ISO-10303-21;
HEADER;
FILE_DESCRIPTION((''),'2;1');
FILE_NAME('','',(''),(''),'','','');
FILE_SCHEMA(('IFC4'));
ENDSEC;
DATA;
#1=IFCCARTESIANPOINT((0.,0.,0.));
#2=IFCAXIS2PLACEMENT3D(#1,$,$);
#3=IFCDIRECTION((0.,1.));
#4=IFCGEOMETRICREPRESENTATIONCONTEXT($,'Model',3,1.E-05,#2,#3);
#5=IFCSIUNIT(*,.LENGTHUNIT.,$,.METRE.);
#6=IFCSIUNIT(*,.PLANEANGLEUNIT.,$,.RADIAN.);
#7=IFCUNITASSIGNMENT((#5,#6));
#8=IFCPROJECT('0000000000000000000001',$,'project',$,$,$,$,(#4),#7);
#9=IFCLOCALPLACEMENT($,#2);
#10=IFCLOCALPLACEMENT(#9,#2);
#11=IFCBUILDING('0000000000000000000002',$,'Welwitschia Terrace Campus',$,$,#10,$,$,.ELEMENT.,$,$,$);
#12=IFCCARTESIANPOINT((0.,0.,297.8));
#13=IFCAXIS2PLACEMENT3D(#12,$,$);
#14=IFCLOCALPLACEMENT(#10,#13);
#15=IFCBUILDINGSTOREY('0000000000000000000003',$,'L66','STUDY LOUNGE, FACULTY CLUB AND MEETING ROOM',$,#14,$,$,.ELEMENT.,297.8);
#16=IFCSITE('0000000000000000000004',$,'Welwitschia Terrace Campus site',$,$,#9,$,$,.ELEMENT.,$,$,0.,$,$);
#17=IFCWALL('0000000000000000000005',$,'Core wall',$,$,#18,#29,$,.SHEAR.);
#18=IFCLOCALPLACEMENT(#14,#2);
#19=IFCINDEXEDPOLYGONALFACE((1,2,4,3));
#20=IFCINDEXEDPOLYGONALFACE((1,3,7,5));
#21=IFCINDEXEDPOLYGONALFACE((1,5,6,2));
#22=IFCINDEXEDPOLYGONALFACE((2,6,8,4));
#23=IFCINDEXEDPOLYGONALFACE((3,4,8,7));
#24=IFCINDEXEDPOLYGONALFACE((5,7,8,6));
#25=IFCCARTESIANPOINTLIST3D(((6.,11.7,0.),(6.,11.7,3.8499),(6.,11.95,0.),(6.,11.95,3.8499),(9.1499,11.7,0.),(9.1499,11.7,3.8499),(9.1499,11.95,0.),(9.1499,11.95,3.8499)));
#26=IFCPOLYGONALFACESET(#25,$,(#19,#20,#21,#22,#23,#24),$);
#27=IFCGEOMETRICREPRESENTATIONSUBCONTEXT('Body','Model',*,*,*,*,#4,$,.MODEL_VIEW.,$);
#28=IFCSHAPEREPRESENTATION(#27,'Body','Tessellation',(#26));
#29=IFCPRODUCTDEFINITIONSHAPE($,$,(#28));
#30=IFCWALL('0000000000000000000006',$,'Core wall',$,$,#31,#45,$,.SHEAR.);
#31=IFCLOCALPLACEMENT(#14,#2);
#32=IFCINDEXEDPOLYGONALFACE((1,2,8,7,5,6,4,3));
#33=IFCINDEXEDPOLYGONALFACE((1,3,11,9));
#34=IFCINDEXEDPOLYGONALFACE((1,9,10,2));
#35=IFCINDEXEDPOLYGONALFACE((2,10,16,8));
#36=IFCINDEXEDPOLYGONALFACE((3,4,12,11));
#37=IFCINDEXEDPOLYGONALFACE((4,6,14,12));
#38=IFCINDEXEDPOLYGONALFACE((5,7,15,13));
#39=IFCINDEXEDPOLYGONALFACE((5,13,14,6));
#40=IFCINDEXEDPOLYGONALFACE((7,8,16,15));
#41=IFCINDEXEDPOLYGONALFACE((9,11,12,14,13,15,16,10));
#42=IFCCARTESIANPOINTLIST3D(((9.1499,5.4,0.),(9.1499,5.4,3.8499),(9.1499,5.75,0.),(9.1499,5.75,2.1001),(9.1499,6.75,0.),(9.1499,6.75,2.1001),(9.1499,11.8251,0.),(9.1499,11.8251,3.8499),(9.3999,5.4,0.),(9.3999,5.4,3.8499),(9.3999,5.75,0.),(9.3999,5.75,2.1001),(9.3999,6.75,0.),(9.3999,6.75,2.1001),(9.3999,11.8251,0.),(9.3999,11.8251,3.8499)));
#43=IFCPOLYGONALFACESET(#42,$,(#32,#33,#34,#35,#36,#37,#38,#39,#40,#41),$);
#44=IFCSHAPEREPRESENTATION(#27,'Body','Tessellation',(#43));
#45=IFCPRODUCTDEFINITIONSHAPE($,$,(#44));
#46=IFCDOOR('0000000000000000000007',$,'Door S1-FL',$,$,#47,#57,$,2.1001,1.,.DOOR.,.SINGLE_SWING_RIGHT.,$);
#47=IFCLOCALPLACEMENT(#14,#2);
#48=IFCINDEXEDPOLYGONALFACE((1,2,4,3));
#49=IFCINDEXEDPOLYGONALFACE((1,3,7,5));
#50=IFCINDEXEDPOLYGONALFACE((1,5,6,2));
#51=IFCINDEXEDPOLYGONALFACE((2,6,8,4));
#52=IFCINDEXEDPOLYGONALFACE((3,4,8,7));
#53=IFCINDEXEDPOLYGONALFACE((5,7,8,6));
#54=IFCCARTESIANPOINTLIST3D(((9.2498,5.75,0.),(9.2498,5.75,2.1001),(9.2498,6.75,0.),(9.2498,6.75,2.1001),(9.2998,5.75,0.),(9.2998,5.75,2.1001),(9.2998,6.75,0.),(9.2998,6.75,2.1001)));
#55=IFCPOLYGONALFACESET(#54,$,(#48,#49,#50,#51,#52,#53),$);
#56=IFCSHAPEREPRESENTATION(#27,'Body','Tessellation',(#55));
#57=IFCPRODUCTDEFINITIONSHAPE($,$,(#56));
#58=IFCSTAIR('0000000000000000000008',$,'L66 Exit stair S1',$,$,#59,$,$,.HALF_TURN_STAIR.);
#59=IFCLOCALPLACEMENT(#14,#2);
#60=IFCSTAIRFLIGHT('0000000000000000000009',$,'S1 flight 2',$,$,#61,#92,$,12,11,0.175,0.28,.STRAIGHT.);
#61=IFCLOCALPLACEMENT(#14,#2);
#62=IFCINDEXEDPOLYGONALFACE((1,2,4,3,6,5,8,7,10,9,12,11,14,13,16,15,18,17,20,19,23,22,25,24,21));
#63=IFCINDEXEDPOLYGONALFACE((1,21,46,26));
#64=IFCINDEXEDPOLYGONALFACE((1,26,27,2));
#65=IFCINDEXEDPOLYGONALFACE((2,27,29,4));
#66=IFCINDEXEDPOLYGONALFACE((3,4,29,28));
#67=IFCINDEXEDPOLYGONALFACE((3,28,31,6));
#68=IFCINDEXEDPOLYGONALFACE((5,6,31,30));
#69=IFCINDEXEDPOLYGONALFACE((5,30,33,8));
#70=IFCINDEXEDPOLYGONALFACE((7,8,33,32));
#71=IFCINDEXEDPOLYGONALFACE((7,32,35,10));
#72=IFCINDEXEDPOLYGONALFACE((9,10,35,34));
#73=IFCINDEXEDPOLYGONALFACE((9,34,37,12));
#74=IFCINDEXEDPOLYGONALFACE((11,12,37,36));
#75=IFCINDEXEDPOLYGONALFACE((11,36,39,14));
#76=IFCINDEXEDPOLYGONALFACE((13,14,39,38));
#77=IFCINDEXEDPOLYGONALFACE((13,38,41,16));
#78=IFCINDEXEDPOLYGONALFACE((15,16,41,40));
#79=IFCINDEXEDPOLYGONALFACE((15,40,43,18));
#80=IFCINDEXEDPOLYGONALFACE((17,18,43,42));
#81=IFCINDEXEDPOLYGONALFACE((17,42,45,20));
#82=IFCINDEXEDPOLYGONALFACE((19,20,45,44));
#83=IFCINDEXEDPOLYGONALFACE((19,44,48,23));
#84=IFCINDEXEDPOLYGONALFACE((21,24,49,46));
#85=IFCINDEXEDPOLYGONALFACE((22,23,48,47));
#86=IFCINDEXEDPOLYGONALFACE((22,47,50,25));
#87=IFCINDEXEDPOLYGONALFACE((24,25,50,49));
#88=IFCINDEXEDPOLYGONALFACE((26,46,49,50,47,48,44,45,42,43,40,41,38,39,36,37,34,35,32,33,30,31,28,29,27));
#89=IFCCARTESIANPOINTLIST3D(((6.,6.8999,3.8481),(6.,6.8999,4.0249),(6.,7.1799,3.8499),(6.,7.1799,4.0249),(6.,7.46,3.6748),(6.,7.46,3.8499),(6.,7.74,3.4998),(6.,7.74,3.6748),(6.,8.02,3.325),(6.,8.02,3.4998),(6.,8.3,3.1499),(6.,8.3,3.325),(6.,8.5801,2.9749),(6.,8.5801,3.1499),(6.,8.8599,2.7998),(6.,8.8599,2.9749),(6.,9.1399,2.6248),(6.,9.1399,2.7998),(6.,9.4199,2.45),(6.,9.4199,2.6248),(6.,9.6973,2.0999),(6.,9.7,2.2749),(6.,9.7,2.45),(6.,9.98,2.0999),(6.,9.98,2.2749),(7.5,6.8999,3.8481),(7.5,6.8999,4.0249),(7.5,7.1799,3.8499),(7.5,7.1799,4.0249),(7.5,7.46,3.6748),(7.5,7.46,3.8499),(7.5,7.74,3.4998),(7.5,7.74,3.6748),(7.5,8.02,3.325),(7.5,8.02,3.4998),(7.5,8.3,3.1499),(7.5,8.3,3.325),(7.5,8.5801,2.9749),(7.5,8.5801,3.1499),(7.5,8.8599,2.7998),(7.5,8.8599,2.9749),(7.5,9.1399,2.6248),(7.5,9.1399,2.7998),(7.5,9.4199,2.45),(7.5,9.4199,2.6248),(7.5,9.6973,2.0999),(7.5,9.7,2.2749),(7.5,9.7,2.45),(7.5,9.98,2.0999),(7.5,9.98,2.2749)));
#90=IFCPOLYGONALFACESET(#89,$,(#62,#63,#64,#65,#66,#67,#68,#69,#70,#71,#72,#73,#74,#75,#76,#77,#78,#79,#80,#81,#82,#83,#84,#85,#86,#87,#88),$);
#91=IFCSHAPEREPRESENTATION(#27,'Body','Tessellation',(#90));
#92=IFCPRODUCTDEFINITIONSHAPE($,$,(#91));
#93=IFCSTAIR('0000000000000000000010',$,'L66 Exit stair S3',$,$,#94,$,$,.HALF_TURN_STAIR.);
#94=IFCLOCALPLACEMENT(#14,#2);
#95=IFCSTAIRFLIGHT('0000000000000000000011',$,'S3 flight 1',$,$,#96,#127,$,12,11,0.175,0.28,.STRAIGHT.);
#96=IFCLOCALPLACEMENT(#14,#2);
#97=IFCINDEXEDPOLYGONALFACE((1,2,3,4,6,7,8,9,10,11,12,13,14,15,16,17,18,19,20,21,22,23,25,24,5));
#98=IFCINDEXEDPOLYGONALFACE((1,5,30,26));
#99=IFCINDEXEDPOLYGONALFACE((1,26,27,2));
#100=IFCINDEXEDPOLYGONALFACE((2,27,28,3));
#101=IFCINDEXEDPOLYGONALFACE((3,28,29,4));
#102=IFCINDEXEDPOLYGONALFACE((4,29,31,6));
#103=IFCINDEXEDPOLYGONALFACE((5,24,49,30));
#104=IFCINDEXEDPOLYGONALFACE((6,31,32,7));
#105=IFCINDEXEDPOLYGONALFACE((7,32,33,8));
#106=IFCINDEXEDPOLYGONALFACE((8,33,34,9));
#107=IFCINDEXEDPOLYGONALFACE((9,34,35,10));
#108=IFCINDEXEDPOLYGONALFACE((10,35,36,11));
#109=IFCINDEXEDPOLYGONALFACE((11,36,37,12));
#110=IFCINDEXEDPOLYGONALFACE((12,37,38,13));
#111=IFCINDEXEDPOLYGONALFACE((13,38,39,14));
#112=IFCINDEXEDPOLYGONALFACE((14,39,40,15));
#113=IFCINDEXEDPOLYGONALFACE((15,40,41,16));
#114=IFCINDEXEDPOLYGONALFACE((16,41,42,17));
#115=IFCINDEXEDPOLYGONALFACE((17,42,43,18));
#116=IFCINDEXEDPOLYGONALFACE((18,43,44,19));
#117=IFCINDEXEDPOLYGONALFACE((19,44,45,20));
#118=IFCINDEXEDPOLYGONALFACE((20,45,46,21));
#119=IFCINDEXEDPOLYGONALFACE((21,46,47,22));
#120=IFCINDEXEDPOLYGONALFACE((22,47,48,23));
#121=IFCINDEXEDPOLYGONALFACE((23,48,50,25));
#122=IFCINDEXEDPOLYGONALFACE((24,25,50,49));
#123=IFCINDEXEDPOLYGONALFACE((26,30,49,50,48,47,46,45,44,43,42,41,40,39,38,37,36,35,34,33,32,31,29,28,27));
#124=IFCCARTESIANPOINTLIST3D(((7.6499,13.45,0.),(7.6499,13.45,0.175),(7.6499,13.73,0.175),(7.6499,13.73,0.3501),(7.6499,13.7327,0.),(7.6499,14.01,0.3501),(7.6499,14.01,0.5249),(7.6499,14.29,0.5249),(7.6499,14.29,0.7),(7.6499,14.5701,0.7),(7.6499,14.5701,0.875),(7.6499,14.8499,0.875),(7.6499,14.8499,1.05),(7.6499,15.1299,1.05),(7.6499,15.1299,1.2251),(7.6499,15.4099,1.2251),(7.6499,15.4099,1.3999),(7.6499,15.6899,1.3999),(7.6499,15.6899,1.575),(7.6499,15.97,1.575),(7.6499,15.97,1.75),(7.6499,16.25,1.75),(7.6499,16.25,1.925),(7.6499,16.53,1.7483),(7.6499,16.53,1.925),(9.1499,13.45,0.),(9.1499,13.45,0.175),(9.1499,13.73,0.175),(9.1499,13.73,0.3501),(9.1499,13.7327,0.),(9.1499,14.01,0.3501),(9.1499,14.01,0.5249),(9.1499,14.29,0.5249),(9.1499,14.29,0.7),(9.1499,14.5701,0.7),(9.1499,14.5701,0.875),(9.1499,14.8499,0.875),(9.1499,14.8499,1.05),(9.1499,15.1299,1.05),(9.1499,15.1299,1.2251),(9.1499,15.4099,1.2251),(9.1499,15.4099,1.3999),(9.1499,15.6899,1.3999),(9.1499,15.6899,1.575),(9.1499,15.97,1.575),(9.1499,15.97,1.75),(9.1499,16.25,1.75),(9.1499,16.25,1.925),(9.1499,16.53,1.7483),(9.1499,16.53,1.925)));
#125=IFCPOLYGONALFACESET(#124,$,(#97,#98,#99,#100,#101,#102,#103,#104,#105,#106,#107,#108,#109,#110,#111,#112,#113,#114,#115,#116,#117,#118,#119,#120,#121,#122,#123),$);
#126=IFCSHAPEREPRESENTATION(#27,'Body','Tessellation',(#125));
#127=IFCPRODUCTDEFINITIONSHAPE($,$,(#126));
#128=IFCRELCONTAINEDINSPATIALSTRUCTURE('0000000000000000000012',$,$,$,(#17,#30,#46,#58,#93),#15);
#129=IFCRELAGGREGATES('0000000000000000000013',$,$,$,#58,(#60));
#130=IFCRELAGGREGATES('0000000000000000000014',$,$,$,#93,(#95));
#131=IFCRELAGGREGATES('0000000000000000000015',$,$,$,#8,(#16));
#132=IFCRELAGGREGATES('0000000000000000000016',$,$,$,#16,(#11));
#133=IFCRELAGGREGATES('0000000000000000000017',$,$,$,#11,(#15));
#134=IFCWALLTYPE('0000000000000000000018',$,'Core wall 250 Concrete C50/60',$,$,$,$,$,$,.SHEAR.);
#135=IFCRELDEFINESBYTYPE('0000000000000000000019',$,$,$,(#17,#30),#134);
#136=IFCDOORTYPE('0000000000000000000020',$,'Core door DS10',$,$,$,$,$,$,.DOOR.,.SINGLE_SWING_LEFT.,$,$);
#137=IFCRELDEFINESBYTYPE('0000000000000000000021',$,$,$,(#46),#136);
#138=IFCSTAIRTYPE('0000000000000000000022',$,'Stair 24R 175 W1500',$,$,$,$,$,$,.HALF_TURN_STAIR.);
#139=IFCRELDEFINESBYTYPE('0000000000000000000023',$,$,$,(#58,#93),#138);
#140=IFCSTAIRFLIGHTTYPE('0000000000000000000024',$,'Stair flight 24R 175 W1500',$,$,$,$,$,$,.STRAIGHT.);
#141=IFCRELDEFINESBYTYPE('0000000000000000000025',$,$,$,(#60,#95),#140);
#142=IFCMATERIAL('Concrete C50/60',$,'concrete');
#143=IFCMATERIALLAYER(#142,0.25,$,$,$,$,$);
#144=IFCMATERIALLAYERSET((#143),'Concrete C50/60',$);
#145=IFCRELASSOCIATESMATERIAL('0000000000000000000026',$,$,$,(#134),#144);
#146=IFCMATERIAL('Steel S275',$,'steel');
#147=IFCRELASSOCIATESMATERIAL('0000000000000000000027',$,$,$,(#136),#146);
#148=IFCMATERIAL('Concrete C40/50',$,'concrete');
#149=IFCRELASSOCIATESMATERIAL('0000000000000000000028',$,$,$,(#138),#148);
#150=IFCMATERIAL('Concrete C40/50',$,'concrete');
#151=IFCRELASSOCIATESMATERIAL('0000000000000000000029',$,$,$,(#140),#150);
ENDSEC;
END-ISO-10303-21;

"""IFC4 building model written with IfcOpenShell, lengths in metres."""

from ifc_helpers import new_model, si_unit, direction, frame, frame_2d, origin, place, context, subcontext, project, spatial, polyline, rectangle, outline, extrude, material, layer, layer_set, type_object, element, fill, aggregate, save


model = new_model("IFC4")

# Units and contexts
model_context = context("Model", 3, precision=1e-05, world=origin(), true_north=direction((0.0, 1.0)))
body_context = subcontext(model_context, "Body", "Model", "MODEL_VIEW")
ifc_project = project(units=[si_unit("LENGTHUNIT", "METRE"), si_unit("PLANEANGLEUNIT", "RADIAN")], contexts=[model_context])

# Site, building, storey
site_placement = place(None, origin())
site = spatial("IfcSite", under=ifc_project, at=site_placement, Name="Welwitschia Terrace Campus site", CompositionType="ELEMENT", RefElevation=0.0)
building_placement = place(site_placement, origin())
building = spatial("IfcBuilding", under=site, at=building_placement, Name="Welwitschia Terrace Campus", CompositionType="ELEMENT")
storey_placement = place(building_placement, frame((0.0, 0.0, 297.8)))
storey = spatial("IfcBuildingStorey", under=building, at=storey_placement, Name="L66", Description="STUDY LOUNGE, FACULTY CLUB AND MEETING ROOM", CompositionType="ELEMENT", Elevation=297.8)

# Wall
ifc_material_1 = material(Name="Concrete C50/60", Category="concrete")
ifc_layer_1 = layer(ifc_material_1, 0.25)
ifc_layer_set_1 = layer_set([ifc_layer_1], Name="Concrete C50/60")
wall_type_1 = type_object("IfcWallType", Name="Core wall 250 Concrete C50/60", PredefinedType="SHEAR", material=ifc_layer_set_1)
wall_1_placement = place(storey_placement, frame((6.0, 11.825, 0.0), z_axis=(0.0, 0.0, 1.0), x_axis=(1.0, 0.0, 0.0)))
element("IfcWall", 1, at=wall_1_placement, inside=storey, type_object=wall_type_1, Name="Core wall", PredefinedType="SHEAR", context=body_context, shape_type="SweptSolid", body=[
    extrude(rectangle(XDim=3.1499, YDim=0.25, at=frame_2d((1.575, 0.0))), origin(), (0.0, 0.0, 1.0), 3.8499),
])

# Wall, opening, door
wall_2_placement = place(storey_placement, frame((9.2749, 11.825, 0.0), z_axis=(0.0, 0.0, 1.0), x_axis=(0.0, -1.0, 0.0)))
wall_2 = element("IfcWall", 2, at=wall_2_placement, inside=storey, type_object=wall_type_1, Name="Core wall", PredefinedType="SHEAR", context=body_context, shape_type="SweptSolid", body=[
    extrude(rectangle(XDim=6.425, YDim=0.25, at=frame_2d((3.2124, 0.0))), origin(), (0.0, 0.0, 1.0), 3.8499),
])
opening_placement = place(wall_2_placement, frame((5.075, 0.0, 0.0)))
opening = element("IfcOpeningElement", 3, at=opening_placement, cuts=wall_2, PredefinedType="OPENING", context=body_context, shape_type="SweptSolid", body=[
    extrude(rectangle(XDim=1.0, YDim=2.1001, at=frame_2d((0.5, 1.05))), frame((0.0, 0.135, 0.0), z_axis=(0.0, -1.0, 0.0), x_axis=(1.0, 0.0, 0.0)), (0.0, 0.0, 1.0), 0.27),
])
ifc_material_2 = material(Name="Steel S275", Category="steel")
door_type = type_object("IfcDoorType", Name="Core door DS10", OperationType="SINGLE_SWING_LEFT", PredefinedType="DOOR", material=ifc_material_2)
door_placement = place(opening_placement, origin())
door = element("IfcDoor", 4, at=door_placement, inside=storey, type_object=door_type, Name="Door S1-FL", OperationType="SINGLE_SWING_RIGHT", OverallHeight=2.1001, OverallWidth=1.0, PredefinedType="DOOR", context=body_context, shape_type="SweptSolid", body=[
    extrude(rectangle(XDim=1.0, YDim=2.1001, at=frame_2d((0.5, 1.05))), frame((0.0, 0.0249, 0.0), z_axis=(0.0, -1.0, 0.0), x_axis=(1.0, 0.0, 0.0)), (0.0, 0.0, 1.0), 0.05),
])
fill(opening, door)

# Stairs, stair flights
ifc_material_3 = material(Name="Concrete C40/50", Category="concrete")
stair_type = type_object("IfcStairType", Name="Stair 24R 175 W1500", PredefinedType="HALF_TURN_STAIR", material=ifc_material_3)
stair_1_placement = place(storey_placement, origin())
stair_1 = element("IfcStair", 5, at=stair_1_placement, inside=storey, type_object=stair_type, Name="L66 Exit stair S1", PredefinedType="HALF_TURN_STAIR")
ifc_material_4 = material(Name="Concrete C40/50", Category="concrete")
stair_flight_type = type_object("IfcStairFlightType", Name="Stair flight 24R 175 W1500", PredefinedType="STRAIGHT", material=ifc_material_4)
stair_flight_1_placement = place(storey_placement, frame((6.75, 9.98, 2.0999), z_axis=(0.0, 0.0, 1.0), x_axis=(0.0, -1.0, 0.0)))
stair_flight_1 = element("IfcStairFlight", 6, at=stair_flight_1_placement, type_object=stair_flight_type, Name="S1 flight 2", NumberOfRisers=12, NumberOfTreads=11, PredefinedType="STRAIGHT", RiserHeight=0.175, TreadLength=0.28, context=body_context, shape_type="SweptSolid", body=[
    extrude(outline(polyline([(0.0, 0.0), (0.0, 0.175), (0.28, 0.175), (0.28, 0.3501), (0.5601, 0.3501), (0.5601, 0.5249), (0.8401, 0.5249), (0.8401, 0.7), (1.1201, 0.7), (1.1201, 0.875), (1.3999, 0.875), (1.3999, 1.05), (1.6799, 1.05), (1.6799, 1.2251), (1.96, 1.2251), (1.96, 1.3999), (2.24, 1.3999), (2.24, 1.575), (2.52, 1.575), (2.52, 1.75), (2.8, 1.75), (2.8, 1.925), (3.0801, 1.925), (3.0801, 2.1001), (3.0801, 1.7483), (0.2827, 0.0), (0.0, 0.0)])), frame((0.0, 0.75, 0.0), z_axis=(0.0, -1.0, 0.0), x_axis=(1.0, 0.0, 0.0)), (0.0, 0.0, 1.0), 1.5),
])
aggregate(stair_1, [stair_flight_1])
stair_2_placement = place(storey_placement, origin())
stair_2 = element("IfcStair", 7, at=stair_2_placement, inside=storey, type_object=stair_type, Name="L66 Exit stair S3", PredefinedType="HALF_TURN_STAIR")
stair_flight_2_placement = place(storey_placement, frame((8.3999, 13.45, 0.0), z_axis=(0.0, 0.0, 1.0), x_axis=(0.0, 1.0, 0.0)))
stair_flight_2 = element("IfcStairFlight", 8, at=stair_flight_2_placement, type_object=stair_flight_type, Name="S3 flight 1", NumberOfRisers=12, NumberOfTreads=11, PredefinedType="STRAIGHT", RiserHeight=0.175, TreadLength=0.28, context=body_context, shape_type="SweptSolid", body=[
    extrude(outline(polyline([(0.0, 0.0), (0.0, 0.175), (0.28, 0.175), (0.28, 0.3501), (0.5601, 0.3501), (0.5601, 0.5249), (0.8401, 0.5249), (0.8401, 0.7), (1.1201, 0.7), (1.1201, 0.875), (1.3999, 0.875), (1.3999, 1.05), (1.6799, 1.05), (1.6799, 1.2251), (1.96, 1.2251), (1.96, 1.3999), (2.24, 1.3999), (2.24, 1.575), (2.52, 1.575), (2.52, 1.75), (2.8, 1.75), (2.8, 1.925), (3.0801, 1.925), (3.0801, 2.1001), (3.0801, 1.7483), (0.2827, 0.0), (0.0, 0.0)])), frame((0.0, 0.75, 0.0), z_axis=(0.0, -1.0, 0.0), x_axis=(1.0, 0.0, 0.0)), (0.0, 0.0, 1.0), 1.5),
])
aggregate(stair_2, [stair_flight_2])

save(model, "model.ifc")
